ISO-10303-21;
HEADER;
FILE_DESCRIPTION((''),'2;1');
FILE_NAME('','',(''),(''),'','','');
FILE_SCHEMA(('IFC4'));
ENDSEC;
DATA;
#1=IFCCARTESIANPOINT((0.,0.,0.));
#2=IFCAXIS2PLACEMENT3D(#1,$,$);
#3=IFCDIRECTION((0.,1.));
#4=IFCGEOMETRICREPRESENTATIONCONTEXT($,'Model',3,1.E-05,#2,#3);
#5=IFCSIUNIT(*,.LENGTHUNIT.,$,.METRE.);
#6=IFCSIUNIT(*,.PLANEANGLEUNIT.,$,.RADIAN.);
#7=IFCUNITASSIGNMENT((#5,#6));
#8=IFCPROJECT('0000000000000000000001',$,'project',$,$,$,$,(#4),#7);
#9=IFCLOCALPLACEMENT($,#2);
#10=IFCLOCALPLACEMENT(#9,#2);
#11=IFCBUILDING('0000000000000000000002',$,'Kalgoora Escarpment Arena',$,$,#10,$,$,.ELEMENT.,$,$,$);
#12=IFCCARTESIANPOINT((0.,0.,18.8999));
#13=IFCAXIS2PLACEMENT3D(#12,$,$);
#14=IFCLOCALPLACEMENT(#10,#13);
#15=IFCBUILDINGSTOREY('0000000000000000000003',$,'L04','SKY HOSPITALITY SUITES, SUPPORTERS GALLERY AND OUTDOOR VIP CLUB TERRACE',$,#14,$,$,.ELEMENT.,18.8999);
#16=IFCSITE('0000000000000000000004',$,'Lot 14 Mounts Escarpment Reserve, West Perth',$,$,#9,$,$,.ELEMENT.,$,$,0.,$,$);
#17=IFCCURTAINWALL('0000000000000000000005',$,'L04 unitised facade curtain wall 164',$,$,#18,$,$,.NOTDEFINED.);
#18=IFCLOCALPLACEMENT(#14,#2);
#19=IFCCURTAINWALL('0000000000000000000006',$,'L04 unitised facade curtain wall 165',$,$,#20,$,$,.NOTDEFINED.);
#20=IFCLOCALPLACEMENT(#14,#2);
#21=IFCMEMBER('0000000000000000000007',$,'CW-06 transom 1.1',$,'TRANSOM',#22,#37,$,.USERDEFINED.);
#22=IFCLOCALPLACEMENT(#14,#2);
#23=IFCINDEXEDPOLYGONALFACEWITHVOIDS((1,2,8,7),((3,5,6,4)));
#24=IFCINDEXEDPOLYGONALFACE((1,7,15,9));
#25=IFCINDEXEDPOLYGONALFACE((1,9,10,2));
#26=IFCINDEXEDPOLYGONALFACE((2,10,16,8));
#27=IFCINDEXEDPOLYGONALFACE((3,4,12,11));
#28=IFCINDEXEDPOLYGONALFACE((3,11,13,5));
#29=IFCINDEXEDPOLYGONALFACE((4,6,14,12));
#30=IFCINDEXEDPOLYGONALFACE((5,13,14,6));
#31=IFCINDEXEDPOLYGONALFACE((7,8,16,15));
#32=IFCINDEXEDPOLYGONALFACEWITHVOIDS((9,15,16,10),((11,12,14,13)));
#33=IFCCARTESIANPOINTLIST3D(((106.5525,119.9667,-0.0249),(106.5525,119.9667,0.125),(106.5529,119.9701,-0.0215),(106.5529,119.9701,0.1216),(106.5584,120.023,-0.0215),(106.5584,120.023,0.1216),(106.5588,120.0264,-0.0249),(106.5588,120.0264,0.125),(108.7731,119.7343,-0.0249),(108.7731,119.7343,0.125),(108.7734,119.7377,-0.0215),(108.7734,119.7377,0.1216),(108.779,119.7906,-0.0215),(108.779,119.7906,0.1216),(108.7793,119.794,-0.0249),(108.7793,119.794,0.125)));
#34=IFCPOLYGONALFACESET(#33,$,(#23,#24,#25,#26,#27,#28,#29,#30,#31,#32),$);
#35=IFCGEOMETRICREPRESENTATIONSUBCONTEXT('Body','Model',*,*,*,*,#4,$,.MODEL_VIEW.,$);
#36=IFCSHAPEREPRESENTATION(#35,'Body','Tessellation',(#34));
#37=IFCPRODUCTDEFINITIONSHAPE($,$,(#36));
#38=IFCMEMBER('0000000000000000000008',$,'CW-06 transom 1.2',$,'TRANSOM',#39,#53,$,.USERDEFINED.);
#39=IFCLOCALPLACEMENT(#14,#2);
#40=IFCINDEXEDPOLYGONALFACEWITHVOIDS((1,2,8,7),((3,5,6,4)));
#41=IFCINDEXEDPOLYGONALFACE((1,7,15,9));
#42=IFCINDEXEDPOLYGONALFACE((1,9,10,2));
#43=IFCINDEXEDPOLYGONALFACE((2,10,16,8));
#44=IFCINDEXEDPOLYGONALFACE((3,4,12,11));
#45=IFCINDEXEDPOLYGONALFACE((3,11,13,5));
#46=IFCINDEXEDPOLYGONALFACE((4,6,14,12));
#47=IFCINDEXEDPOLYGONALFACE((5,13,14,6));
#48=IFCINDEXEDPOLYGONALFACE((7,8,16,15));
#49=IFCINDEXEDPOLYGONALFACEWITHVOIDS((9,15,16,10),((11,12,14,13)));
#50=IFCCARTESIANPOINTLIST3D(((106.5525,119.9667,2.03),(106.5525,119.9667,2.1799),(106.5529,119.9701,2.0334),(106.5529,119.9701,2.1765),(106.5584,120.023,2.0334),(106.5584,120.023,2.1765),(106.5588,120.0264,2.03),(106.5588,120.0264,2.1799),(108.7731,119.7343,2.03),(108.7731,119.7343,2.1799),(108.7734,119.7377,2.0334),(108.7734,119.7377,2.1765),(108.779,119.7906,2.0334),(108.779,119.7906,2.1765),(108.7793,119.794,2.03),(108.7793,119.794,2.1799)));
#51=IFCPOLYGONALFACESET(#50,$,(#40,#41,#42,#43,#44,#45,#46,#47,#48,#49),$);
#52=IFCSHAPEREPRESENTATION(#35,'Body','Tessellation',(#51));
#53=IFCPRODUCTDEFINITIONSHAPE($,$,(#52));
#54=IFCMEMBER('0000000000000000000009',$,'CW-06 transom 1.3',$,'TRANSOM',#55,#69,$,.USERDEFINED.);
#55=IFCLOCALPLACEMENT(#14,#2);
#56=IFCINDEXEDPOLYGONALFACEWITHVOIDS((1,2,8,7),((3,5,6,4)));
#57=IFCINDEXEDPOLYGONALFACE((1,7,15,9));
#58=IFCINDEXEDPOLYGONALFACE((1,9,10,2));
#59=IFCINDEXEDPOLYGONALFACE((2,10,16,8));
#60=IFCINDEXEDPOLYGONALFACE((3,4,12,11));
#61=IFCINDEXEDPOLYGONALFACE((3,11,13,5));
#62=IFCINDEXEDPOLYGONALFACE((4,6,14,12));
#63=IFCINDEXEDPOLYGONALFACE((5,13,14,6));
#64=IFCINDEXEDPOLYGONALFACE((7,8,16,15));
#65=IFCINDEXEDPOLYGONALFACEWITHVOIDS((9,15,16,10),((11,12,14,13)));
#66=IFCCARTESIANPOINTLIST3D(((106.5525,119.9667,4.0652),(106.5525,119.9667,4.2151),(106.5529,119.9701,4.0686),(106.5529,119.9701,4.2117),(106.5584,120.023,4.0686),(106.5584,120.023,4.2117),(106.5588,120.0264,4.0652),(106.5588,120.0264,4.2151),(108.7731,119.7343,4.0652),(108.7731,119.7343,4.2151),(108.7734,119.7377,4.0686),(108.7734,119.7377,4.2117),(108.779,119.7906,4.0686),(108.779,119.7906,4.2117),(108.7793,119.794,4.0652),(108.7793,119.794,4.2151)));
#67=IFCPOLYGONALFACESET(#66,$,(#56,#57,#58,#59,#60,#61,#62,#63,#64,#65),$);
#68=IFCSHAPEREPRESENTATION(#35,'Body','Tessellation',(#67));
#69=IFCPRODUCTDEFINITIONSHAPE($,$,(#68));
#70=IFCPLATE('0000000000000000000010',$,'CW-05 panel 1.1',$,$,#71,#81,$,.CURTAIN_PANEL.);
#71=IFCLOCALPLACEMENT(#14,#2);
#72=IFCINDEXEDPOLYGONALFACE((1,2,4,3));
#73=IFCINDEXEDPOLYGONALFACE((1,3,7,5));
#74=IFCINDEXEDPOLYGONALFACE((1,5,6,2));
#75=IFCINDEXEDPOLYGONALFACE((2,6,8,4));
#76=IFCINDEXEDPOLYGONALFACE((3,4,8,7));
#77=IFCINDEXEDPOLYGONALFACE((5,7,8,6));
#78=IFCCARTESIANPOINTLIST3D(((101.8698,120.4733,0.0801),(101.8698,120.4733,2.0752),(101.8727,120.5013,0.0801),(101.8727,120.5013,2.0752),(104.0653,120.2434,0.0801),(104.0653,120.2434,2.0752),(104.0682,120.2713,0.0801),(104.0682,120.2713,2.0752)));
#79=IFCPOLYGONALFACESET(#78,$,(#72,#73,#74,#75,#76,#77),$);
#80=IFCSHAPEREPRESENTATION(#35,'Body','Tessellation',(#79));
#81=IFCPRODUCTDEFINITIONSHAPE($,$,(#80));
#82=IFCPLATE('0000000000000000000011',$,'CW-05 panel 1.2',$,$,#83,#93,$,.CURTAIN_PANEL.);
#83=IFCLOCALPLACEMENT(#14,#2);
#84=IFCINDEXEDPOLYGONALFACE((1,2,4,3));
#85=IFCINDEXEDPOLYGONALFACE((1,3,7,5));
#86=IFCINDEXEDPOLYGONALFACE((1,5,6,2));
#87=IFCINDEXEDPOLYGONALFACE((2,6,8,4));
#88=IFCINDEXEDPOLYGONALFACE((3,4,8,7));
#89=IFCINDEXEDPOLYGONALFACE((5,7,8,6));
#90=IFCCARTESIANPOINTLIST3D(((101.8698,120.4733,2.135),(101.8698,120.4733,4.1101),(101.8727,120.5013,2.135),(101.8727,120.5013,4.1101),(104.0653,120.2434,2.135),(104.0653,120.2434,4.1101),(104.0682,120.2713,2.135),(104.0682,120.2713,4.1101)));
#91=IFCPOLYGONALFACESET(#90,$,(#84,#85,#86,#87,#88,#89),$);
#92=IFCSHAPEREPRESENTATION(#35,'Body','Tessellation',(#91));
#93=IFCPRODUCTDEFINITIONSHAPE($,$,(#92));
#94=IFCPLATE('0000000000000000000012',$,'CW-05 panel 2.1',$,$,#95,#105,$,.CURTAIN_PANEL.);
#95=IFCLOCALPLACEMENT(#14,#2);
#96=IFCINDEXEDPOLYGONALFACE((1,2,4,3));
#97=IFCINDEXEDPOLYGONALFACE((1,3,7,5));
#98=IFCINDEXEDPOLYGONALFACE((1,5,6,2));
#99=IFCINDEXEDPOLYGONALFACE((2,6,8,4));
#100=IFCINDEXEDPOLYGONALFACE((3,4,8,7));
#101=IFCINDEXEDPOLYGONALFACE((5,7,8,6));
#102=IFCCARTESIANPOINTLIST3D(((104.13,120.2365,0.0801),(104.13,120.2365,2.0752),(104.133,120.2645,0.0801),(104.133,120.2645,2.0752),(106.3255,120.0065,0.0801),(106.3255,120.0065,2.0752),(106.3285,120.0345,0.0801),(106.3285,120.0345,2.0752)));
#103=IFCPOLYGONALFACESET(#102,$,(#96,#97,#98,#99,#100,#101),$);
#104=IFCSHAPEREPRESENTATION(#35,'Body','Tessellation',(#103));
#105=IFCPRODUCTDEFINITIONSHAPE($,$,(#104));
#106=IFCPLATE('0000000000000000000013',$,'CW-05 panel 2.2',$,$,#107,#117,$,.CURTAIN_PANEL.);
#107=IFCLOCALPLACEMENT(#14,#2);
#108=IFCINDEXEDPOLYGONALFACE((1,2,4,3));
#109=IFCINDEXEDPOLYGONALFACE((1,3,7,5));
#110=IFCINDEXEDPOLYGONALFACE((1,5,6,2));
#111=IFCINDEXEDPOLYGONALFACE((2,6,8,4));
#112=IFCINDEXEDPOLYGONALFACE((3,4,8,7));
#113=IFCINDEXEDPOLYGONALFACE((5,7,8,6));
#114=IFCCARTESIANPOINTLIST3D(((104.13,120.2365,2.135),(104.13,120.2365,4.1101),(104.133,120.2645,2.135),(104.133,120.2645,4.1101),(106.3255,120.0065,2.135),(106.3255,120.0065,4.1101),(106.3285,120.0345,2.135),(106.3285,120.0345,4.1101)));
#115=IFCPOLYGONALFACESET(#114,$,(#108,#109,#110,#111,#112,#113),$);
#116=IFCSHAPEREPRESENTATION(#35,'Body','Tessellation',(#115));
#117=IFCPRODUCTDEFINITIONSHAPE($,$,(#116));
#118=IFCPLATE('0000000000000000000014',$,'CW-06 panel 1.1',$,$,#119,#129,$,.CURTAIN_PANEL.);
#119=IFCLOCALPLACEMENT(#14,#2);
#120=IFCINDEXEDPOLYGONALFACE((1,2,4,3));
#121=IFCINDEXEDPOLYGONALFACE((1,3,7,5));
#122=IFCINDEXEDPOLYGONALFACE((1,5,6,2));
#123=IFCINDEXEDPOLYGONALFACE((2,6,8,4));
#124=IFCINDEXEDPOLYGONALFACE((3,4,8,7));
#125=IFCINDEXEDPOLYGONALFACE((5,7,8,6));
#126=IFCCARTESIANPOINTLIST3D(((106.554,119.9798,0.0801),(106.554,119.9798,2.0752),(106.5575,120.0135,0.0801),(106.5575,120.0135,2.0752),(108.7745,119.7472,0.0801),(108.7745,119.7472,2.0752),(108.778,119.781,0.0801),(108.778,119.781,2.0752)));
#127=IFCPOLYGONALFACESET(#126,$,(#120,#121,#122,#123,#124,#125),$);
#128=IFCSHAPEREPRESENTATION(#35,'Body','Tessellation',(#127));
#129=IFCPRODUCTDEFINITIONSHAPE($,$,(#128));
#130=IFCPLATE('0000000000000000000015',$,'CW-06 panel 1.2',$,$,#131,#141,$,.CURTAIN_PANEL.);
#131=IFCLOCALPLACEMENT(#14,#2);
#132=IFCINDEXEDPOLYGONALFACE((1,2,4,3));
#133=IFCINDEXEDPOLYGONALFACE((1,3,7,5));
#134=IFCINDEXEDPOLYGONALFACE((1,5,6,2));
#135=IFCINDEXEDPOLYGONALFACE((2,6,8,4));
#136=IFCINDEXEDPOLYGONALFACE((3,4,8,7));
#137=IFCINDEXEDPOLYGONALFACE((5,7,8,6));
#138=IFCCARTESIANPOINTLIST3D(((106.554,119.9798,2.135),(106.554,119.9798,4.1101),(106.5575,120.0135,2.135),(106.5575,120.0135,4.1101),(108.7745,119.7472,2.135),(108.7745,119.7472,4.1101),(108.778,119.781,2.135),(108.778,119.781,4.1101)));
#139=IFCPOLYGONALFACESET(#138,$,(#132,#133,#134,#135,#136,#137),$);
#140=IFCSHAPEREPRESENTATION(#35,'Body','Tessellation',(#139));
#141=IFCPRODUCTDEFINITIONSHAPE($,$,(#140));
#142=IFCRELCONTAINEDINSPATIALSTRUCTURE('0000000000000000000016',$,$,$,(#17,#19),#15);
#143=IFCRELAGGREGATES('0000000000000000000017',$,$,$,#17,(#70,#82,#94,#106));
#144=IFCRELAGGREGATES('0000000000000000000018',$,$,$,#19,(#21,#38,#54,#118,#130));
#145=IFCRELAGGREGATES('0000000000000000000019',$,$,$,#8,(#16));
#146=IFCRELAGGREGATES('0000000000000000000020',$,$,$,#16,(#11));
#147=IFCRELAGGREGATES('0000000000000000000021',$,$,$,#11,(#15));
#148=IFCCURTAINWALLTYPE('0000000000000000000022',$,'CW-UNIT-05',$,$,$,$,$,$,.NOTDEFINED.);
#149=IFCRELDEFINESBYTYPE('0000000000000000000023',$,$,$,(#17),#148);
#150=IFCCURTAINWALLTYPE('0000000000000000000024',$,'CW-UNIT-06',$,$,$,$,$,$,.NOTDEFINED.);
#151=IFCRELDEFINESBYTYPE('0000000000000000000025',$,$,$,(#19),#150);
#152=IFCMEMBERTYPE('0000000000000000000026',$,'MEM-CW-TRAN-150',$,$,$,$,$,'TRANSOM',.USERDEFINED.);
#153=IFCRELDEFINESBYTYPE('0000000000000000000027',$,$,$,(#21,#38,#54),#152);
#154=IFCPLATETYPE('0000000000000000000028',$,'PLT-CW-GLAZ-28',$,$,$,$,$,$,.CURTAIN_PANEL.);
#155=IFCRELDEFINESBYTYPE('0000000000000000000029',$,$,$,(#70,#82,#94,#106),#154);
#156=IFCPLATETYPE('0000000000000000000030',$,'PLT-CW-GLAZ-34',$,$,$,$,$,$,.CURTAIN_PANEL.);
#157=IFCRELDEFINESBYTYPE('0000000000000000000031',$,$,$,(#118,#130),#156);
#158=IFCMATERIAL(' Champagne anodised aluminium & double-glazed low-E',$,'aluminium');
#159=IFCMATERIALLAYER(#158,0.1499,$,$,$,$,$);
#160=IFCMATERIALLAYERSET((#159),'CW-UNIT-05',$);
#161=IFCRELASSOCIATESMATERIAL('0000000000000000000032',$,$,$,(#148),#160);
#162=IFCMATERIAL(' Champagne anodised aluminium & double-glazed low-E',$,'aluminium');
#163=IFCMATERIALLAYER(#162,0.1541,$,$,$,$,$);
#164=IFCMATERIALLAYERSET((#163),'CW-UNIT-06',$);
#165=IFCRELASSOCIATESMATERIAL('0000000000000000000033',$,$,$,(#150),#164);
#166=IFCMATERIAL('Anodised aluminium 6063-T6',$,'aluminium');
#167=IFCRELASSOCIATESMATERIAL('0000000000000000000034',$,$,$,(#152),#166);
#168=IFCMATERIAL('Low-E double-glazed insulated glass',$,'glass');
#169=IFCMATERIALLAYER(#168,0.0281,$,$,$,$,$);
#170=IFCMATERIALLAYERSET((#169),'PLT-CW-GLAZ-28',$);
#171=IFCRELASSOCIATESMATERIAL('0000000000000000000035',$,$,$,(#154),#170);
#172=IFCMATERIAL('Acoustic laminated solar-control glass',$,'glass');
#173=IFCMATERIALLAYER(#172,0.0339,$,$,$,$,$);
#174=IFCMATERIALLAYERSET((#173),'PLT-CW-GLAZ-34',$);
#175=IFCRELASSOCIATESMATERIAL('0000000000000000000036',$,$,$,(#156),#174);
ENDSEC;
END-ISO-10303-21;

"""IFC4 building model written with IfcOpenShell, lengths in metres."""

from ifc_helpers import new_model, si_unit, direction, frame, origin, origin_2d, place, context, subcontext, project, spatial, rectangle, hollow_rectangle, extrude, material, layer, layer_set, material_profile, profile_set, type_object, element, aggregate, save


model = new_model("IFC4")

# Units and contexts
model_context = context("Model", 3, precision=1e-05, world=origin(), true_north=direction((0.0, 1.0)))
body_context = subcontext(model_context, "Body", "Model", "MODEL_VIEW")
ifc_project = project(units=[si_unit("LENGTHUNIT", "METRE"), si_unit("PLANEANGLEUNIT", "RADIAN")], contexts=[model_context])

# Site, building, storey
site_placement = place(None, origin())
site = spatial("IfcSite", under=ifc_project, at=site_placement, Name="Lot 14 Mounts Escarpment Reserve, West Perth", CompositionType="ELEMENT", RefElevation=0.0)
building_placement = place(site_placement, origin())
building = spatial("IfcBuilding", under=site, at=building_placement, Name="Kalgoora Escarpment Arena", CompositionType="ELEMENT")
storey_placement = place(building_placement, frame((0.0, 0.0, 18.8999)))
storey = spatial("IfcBuildingStorey", under=building, at=storey_placement, Name="L04", Description="SKY HOSPITALITY SUITES, SUPPORTERS GALLERY AND OUTDOOR VIP CLUB TERRACE", CompositionType="ELEMENT", Elevation=18.8999)

# Curtain walls
ifc_material_1 = material(Name=" Champagne anodised aluminium & double-glazed low-E", Category="aluminium")
ifc_layer_1 = layer(ifc_material_1, 0.1499)
ifc_layer_set_1 = layer_set([ifc_layer_1], Name="CW-UNIT-05")
curtain_wall_type_1 = type_object("IfcCurtainWallType", Name="CW-UNIT-05", PredefinedType="NOTDEFINED", material=ifc_layer_set_1)
curtain_wall_1_placement = place(storey_placement, origin())
curtain_wall_1 = element("IfcCurtainWall", 1, at=curtain_wall_1_placement, inside=storey, type_object=curtain_wall_type_1, Name="L04 unitised facade curtain wall 164", PredefinedType="NOTDEFINED")
ifc_material_2 = material(Name=" Champagne anodised aluminium & double-glazed low-E", Category="aluminium")
ifc_layer_2 = layer(ifc_material_2, 0.1541)
ifc_layer_set_2 = layer_set([ifc_layer_2], Name="CW-UNIT-06")
curtain_wall_type_2 = type_object("IfcCurtainWallType", Name="CW-UNIT-06", PredefinedType="NOTDEFINED", material=ifc_layer_set_2)
curtain_wall_2_placement = place(storey_placement, origin())
curtain_wall_2 = element("IfcCurtainWall", 2, at=curtain_wall_2_placement, inside=storey, type_object=curtain_wall_type_2, Name="L04 unitised facade curtain wall 165", PredefinedType="NOTDEFINED")

# Members
ifc_material_3 = material(Name="Anodised aluminium 6063-T6", Category="aluminium")
ifc_material_profile_1 = material_profile(ifc_material_3, hollow_rectangle(XDim=0.0601, YDim=0.1499, WallThickness=0.0034, at=origin_2d()))
ifc_profile_set_1 = profile_set([ifc_material_profile_1], Name="Anodised aluminium 6063-T6")
member_type_1 = type_object("IfcMemberType", Name="MEM-CW-TRAN-150", ElementType="TRANSOM", PredefinedType="USERDEFINED", material=ifc_profile_set_1)
member_1_placement = place(storey_placement, frame((106.5557, 119.9966, 0.05), z_axis=(0.994566, -0.104104, 0.0), x_axis=(0.104104, 0.994566, 0.0)))
member_1 = element("IfcMember", 3, at=member_1_placement, type_object=member_type_1, Name="CW-06 transom 1.1", ObjectType="TRANSOM", PredefinedType="USERDEFINED", context=body_context, shape_type="SweptSolid", body=[
    extrude(hollow_rectangle(XDim=0.0601, YDim=0.1499, WallThickness=0.0034, at=origin_2d()), origin(), (0.0, 0.0, 1.0), 2.2327),
])
member_2_placement = place(storey_placement, frame((106.5557, 119.9966, 2.105), z_axis=(0.994566, -0.104104, 0.0), x_axis=(0.104104, 0.994566, 0.0)))
member_2 = element("IfcMember", 4, at=member_2_placement, type_object=member_type_1, Name="CW-06 transom 1.2", ObjectType="TRANSOM", PredefinedType="USERDEFINED", context=body_context, shape_type="SweptSolid", body=[
    extrude(hollow_rectangle(XDim=0.0601, YDim=0.1499, WallThickness=0.0034, at=origin_2d()), origin(), (0.0, 0.0, 1.0), 2.2327),
])
member_3_placement = place(storey_placement, frame((106.5557, 119.9966, 4.1401), z_axis=(0.994566, -0.104104, 0.0), x_axis=(0.104104, 0.994566, 0.0)))
member_3 = element("IfcMember", 5, at=member_3_placement, type_object=member_type_1, Name="CW-06 transom 1.3", ObjectType="TRANSOM", PredefinedType="USERDEFINED", context=body_context, shape_type="SweptSolid", body=[
    extrude(hollow_rectangle(XDim=0.0601, YDim=0.1499, WallThickness=0.0034, at=origin_2d()), origin(), (0.0, 0.0, 1.0), 2.2327),
])

# Plates
ifc_material_4 = material(Name="Low-E double-glazed insulated glass", Category="glass")
ifc_layer_3 = layer(ifc_material_4, 0.0281)
ifc_layer_set_3 = layer_set([ifc_layer_3], Name="PLT-CW-GLAZ-28")
plate_type_1 = type_object("IfcPlateType", Name="PLT-CW-GLAZ-28", PredefinedType="CURTAIN_PANEL", material=ifc_layer_set_3)
plate_1_placement = place(storey_placement, frame((102.969, 120.3723, 0.0801), z_axis=(0.0, 0.0, 1.0), x_axis=(0.994558, -0.104182, 0.0)))
plate_1 = element("IfcPlate", 6, at=plate_1_placement, type_object=plate_type_1, Name="CW-05 panel 1.1", PredefinedType="CURTAIN_PANEL", context=body_context, shape_type="SweptSolid", body=[
    extrude(rectangle(XDim=2.2075, YDim=0.0281, at=origin_2d()), origin(), (0.0, 0.0, 1.0), 1.9951),
])
plate_2_placement = place(storey_placement, frame((102.969, 120.3723, 2.135), z_axis=(0.0, 0.0, 1.0), x_axis=(0.994558, -0.104182, 0.0)))
plate_2 = element("IfcPlate", 7, at=plate_2_placement, type_object=plate_type_1, Name="CW-05 panel 1.2", PredefinedType="CURTAIN_PANEL", context=body_context, shape_type="SweptSolid", body=[
    extrude(rectangle(XDim=2.2075, YDim=0.0281, at=origin_2d()), origin(), (0.0, 0.0, 1.0), 1.9751),
])
plate_3_placement = place(storey_placement, frame((105.2292, 120.1355, 0.0801), z_axis=(0.0, 0.0, 1.0), x_axis=(0.994558, -0.104182, 0.0)))
plate_3 = element("IfcPlate", 8, at=plate_3_placement, type_object=plate_type_1, Name="CW-05 panel 2.1", PredefinedType="CURTAIN_PANEL", context=body_context, shape_type="SweptSolid", body=[
    extrude(rectangle(XDim=2.2075, YDim=0.0281, at=origin_2d()), origin(), (0.0, 0.0, 1.0), 1.9951),
])
plate_4_placement = place(storey_placement, frame((105.2292, 120.1355, 2.135), z_axis=(0.0, 0.0, 1.0), x_axis=(0.994558, -0.104182, 0.0)))
plate_4 = element("IfcPlate", 9, at=plate_4_placement, type_object=plate_type_1, Name="CW-05 panel 2.2", PredefinedType="CURTAIN_PANEL", context=body_context, shape_type="SweptSolid", body=[
    extrude(rectangle(XDim=2.2075, YDim=0.0281, at=origin_2d()), origin(), (0.0, 0.0, 1.0), 1.9751),
])
aggregate(curtain_wall_1, [plate_1, plate_2, plate_3, plate_4])
ifc_material_5 = material(Name="Acoustic laminated solar-control glass", Category="glass")
ifc_layer_4 = layer(ifc_material_5, 0.0339)
ifc_layer_set_4 = layer_set([ifc_layer_4], Name="PLT-CW-GLAZ-34")
plate_type_2 = type_object("IfcPlateType", Name="PLT-CW-GLAZ-34", PredefinedType="CURTAIN_PANEL", material=ifc_layer_set_4)
plate_5_placement = place(storey_placement, frame((107.666, 119.8804, 0.0801), z_axis=(0.0, 0.0, 1.0), x_axis=(0.994561, -0.104158, 0.0)))
plate_5 = element("IfcPlate", 10, at=plate_5_placement, type_object=plate_type_2, Name="CW-06 panel 1.1", PredefinedType="CURTAIN_PANEL", context=body_context, shape_type="SweptSolid", body=[
    extrude(rectangle(XDim=2.2327, YDim=0.0339, at=origin_2d()), origin(), (0.0, 0.0, 1.0), 1.9951),
])
plate_6_placement = place(storey_placement, frame((107.666, 119.8804, 2.135), z_axis=(0.0, 0.0, 1.0), x_axis=(0.994561, -0.104158, 0.0)))
plate_6 = element("IfcPlate", 11, at=plate_6_placement, type_object=plate_type_2, Name="CW-06 panel 1.2", PredefinedType="CURTAIN_PANEL", context=body_context, shape_type="SweptSolid", body=[
    extrude(rectangle(XDim=2.2327, YDim=0.0339, at=origin_2d()), origin(), (0.0, 0.0, 1.0), 1.9751),
])
aggregate(curtain_wall_2, [member_1, member_2, member_3, plate_5, plate_6])

save(model, "model.ifc")
